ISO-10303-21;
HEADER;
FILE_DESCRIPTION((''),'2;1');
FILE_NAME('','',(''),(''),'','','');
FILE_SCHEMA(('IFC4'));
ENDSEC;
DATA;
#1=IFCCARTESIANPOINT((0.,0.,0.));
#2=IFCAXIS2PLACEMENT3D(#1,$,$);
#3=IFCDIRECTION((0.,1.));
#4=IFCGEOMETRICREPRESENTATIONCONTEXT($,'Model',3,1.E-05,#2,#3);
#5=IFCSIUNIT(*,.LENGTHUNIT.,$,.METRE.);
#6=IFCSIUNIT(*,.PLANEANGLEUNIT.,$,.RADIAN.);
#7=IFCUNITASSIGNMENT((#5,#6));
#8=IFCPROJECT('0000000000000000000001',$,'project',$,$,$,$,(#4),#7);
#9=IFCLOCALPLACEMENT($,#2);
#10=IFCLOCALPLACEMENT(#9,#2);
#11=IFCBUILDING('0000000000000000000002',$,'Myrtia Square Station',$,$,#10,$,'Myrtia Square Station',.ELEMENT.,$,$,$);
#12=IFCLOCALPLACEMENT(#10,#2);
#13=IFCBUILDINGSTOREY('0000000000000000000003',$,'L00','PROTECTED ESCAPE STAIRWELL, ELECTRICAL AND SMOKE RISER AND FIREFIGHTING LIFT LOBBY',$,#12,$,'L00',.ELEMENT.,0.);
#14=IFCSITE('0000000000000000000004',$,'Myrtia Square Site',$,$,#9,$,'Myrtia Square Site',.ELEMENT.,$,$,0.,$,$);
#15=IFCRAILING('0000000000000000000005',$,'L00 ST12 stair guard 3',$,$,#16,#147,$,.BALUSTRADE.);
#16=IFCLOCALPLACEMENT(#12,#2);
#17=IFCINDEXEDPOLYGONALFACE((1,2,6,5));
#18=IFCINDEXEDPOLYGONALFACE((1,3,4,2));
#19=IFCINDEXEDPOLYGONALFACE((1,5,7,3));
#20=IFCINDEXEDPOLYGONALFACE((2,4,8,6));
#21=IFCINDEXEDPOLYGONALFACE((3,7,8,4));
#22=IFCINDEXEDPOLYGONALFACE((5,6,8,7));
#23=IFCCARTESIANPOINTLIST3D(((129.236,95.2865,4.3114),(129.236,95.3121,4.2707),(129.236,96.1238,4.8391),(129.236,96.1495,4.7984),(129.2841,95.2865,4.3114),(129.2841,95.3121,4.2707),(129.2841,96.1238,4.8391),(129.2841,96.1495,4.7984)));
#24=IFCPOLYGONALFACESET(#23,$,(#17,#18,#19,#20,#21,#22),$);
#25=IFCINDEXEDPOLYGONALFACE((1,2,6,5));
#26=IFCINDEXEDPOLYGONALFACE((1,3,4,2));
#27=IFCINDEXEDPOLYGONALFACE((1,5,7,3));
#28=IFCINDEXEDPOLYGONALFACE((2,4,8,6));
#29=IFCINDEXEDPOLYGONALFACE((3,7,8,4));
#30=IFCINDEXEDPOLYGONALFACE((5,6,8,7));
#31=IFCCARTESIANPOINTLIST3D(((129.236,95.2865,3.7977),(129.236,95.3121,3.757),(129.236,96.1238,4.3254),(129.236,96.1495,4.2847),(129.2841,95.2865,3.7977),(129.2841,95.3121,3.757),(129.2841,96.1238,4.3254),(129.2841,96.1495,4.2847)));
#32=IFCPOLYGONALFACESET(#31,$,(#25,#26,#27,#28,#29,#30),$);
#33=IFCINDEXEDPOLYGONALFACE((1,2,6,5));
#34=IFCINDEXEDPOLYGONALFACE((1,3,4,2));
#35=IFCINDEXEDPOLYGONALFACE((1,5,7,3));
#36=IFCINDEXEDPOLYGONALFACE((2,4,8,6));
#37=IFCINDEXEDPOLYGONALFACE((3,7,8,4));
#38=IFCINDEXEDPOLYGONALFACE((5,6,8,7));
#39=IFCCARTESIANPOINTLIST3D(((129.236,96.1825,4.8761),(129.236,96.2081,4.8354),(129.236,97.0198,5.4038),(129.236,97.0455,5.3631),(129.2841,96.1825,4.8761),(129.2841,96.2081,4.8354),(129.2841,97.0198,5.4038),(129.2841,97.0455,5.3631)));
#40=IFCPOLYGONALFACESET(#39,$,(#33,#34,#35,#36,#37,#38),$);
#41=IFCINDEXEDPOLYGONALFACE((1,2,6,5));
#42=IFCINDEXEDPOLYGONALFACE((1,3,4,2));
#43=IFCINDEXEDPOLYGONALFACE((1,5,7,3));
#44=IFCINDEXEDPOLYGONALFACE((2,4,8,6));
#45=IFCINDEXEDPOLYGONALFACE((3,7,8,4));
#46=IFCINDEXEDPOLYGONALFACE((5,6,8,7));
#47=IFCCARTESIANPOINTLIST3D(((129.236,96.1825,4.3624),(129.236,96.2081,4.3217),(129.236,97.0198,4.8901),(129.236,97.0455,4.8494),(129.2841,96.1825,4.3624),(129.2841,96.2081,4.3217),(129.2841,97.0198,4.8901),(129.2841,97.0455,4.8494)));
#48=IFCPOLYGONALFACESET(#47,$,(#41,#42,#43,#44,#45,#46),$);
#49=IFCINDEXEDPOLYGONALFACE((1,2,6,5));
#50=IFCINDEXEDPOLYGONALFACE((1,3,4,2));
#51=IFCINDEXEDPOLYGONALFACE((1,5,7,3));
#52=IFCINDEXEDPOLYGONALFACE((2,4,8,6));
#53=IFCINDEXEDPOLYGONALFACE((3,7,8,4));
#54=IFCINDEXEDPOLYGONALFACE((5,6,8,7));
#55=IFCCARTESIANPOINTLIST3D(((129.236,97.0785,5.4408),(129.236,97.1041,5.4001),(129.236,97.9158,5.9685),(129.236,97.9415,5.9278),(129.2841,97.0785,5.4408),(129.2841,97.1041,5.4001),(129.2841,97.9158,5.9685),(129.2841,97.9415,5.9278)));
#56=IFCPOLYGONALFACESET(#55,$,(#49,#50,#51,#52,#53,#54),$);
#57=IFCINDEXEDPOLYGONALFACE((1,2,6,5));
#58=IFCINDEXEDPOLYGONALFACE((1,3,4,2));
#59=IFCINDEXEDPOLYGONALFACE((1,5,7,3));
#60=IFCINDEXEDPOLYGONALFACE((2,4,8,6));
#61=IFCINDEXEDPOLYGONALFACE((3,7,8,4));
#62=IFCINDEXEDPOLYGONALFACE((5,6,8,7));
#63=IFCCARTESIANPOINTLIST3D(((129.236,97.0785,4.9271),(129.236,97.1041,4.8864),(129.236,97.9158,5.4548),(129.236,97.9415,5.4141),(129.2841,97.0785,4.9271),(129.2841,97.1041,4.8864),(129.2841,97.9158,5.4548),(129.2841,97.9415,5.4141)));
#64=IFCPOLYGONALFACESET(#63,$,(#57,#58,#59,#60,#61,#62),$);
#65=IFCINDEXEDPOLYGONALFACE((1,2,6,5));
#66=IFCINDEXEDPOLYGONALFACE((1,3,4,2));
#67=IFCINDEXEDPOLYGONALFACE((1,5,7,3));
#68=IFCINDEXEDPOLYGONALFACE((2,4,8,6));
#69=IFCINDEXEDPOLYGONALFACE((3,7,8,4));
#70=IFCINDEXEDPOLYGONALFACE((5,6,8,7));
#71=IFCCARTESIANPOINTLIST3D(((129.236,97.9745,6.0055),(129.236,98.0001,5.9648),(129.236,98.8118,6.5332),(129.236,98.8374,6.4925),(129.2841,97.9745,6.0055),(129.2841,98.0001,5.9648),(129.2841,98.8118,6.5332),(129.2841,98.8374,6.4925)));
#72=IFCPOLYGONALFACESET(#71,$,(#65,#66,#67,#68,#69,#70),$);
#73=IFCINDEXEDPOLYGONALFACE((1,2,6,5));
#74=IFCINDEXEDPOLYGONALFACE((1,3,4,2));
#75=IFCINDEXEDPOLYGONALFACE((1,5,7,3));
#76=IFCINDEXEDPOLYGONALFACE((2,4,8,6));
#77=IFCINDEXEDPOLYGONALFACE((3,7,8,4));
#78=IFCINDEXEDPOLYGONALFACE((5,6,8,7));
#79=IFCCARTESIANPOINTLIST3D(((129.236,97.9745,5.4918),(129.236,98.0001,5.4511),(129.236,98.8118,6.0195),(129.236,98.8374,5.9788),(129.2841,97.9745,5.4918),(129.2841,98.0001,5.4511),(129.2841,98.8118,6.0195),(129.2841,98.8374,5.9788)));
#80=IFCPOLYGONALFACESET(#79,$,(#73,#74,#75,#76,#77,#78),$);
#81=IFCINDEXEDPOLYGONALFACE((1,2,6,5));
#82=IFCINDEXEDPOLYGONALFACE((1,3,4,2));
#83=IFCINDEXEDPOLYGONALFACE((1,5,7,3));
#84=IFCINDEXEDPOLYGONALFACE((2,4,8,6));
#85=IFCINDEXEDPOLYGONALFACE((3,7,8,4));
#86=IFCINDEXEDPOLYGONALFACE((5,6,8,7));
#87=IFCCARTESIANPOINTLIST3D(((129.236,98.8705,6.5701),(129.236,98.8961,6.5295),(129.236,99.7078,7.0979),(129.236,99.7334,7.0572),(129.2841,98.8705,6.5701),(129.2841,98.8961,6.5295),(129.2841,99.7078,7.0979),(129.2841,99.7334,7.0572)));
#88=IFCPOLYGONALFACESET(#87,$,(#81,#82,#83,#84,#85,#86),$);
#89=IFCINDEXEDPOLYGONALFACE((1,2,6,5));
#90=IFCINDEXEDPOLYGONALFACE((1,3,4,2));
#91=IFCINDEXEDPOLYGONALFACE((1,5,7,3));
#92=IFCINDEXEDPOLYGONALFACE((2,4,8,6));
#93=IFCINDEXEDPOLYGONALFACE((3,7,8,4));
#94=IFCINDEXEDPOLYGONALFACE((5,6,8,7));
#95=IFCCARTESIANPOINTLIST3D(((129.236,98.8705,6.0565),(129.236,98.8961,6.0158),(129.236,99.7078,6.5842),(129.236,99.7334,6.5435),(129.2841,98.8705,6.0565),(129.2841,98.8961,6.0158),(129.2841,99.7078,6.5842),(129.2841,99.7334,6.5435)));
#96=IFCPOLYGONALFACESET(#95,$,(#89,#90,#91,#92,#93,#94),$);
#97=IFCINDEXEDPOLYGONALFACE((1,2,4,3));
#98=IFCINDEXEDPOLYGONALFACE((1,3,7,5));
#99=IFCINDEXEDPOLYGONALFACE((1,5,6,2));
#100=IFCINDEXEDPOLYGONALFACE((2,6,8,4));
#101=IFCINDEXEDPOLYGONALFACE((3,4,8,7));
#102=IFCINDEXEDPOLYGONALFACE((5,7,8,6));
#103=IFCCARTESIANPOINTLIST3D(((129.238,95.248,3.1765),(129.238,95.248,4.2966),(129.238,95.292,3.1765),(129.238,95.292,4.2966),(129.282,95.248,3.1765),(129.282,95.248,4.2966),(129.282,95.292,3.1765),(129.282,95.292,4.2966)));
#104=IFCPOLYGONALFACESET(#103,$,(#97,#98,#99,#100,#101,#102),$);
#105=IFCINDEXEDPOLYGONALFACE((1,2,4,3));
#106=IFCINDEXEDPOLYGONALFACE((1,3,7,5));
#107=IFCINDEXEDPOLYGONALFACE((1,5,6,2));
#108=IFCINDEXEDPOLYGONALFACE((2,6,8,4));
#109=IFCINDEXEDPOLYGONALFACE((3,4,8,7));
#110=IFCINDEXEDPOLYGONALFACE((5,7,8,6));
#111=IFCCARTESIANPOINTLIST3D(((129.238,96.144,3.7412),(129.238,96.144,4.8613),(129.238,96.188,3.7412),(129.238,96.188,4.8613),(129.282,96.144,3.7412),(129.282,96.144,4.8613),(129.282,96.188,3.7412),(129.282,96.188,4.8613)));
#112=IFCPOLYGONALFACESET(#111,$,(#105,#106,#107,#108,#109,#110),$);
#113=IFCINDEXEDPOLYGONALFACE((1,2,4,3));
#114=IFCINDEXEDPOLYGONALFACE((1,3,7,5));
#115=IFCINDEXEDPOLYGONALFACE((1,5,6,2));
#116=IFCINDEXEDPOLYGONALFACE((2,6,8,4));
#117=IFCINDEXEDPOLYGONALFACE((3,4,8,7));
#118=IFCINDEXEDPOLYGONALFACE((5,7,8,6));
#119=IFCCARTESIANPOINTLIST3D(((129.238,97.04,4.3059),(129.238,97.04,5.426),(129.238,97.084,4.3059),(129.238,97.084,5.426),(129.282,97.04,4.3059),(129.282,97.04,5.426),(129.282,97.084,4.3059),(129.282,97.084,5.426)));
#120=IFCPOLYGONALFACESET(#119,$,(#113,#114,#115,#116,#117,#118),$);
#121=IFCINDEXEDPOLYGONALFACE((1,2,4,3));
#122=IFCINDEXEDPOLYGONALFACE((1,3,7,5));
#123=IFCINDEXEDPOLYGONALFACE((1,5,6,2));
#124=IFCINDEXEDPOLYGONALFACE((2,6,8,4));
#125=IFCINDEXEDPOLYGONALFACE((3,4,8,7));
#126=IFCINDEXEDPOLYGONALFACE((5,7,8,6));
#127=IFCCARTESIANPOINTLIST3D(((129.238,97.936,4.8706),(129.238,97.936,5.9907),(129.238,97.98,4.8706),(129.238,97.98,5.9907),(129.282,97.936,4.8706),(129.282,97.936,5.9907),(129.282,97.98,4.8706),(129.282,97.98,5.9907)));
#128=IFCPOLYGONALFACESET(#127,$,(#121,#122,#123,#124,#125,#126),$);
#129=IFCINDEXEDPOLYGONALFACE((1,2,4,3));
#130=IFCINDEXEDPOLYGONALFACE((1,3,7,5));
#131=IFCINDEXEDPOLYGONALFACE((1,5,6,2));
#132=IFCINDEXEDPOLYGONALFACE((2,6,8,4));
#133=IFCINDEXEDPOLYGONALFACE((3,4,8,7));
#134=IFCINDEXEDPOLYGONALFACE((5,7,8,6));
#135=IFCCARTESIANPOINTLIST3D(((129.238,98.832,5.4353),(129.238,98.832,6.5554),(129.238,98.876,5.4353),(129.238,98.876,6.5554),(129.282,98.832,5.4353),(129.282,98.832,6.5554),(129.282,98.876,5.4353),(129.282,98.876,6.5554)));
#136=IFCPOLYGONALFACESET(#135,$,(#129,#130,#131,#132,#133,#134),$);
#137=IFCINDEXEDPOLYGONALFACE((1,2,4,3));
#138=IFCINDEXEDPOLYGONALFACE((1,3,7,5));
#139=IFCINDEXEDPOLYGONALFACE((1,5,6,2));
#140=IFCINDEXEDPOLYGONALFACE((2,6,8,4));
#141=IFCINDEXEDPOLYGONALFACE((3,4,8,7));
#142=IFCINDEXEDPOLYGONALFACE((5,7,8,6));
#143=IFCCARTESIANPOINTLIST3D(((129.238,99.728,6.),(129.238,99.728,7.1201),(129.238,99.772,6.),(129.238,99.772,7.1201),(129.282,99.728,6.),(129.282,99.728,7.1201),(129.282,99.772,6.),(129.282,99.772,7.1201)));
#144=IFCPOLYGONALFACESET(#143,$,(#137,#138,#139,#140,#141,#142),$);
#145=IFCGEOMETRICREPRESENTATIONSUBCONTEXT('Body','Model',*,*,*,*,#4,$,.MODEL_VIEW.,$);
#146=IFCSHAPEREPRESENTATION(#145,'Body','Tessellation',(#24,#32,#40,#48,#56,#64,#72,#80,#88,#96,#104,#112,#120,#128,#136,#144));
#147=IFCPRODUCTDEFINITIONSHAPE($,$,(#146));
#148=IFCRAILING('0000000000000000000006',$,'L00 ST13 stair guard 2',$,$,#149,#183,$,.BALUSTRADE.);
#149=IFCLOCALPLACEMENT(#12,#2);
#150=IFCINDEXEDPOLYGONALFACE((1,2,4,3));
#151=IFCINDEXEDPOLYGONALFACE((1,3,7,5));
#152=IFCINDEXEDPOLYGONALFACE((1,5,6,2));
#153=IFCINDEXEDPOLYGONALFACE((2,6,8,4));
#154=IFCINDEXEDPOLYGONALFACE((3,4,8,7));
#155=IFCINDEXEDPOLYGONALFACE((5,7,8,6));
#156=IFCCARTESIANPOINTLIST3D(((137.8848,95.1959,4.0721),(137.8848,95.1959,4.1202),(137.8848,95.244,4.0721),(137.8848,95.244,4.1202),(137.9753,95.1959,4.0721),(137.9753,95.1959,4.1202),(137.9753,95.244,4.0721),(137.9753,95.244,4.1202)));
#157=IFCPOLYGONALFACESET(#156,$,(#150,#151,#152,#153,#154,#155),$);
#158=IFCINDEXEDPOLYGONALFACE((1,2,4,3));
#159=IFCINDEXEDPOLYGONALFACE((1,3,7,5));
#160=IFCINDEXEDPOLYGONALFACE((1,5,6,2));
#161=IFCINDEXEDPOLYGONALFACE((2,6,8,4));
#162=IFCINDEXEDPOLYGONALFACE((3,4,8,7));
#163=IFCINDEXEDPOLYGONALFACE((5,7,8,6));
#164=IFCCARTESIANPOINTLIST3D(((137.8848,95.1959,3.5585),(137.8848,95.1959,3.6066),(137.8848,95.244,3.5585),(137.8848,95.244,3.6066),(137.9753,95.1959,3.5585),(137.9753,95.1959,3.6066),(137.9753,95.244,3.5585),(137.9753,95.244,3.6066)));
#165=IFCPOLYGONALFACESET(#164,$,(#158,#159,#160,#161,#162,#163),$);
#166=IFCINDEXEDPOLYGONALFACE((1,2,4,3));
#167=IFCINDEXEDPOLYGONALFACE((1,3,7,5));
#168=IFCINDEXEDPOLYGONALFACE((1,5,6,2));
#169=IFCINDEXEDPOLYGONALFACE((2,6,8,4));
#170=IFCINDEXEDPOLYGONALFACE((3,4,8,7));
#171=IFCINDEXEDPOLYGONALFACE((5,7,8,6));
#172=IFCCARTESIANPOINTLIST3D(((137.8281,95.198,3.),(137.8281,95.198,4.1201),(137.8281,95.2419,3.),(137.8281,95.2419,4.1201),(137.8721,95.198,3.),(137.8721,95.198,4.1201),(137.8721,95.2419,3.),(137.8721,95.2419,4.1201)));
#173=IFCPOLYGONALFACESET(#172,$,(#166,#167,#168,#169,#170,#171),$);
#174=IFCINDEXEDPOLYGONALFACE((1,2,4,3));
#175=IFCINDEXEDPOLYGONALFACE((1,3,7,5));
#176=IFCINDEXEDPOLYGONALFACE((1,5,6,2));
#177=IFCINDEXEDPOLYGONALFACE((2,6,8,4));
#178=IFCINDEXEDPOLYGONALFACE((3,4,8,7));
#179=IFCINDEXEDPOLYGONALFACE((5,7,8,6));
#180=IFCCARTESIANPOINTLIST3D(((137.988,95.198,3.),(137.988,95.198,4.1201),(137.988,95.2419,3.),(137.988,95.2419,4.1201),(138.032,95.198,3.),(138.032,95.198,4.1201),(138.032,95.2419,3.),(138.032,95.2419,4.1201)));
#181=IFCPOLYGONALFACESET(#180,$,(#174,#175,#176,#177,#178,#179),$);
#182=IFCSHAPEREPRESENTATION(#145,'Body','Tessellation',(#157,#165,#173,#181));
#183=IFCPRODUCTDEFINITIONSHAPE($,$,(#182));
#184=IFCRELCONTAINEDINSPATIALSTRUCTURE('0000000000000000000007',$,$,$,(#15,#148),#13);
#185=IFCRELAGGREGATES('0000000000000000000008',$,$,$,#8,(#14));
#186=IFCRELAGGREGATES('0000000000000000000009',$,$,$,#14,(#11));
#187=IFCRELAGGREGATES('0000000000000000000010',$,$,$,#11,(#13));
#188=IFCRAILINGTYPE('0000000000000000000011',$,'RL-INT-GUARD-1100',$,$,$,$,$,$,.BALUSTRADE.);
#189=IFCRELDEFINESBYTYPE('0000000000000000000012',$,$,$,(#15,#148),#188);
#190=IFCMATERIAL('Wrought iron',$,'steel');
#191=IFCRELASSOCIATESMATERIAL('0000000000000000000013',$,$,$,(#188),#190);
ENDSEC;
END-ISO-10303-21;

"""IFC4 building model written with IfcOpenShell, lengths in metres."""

from ifc_helpers import new_model, si_unit, direction, frame, origin, origin_2d, place, context, subcontext, project, spatial, rectangle, extrude, material, type_object, element, save


model = new_model("IFC4")

# Units and contexts
model_context = context("Model", 3, precision=1e-05, world=origin(), true_north=direction((0.0, 1.0)))
body_context = subcontext(model_context, "Body", "Model", "MODEL_VIEW")
ifc_project = project(units=[si_unit("LENGTHUNIT", "METRE"), si_unit("PLANEANGLEUNIT", "RADIAN")], contexts=[model_context])

# Site, building, storey
site_placement = place(None, origin())
site = spatial("IfcSite", under=ifc_project, at=site_placement, Name="Myrtia Square Site", LongName="Myrtia Square Site", CompositionType="ELEMENT", RefElevation=0.0)
building_placement = place(site_placement, origin())
building = spatial("IfcBuilding", under=site, at=building_placement, Name="Myrtia Square Station", LongName="Myrtia Square Station", CompositionType="ELEMENT")
storey_placement = place(building_placement, origin())
storey = spatial("IfcBuildingStorey", under=building, at=storey_placement, Name="L00", Description="PROTECTED ESCAPE STAIRWELL, ELECTRICAL AND SMOKE RISER AND FIREFIGHTING LIFT LOBBY", LongName="L00", CompositionType="ELEMENT", Elevation=0.0)

# Railings
ifc_material_1 = material(Name="Wrought iron", Category="steel")
railing_type_1 = type_object("IfcRailingType", Name="RL-INT-GUARD-1100", PredefinedType="BALUSTRADE", material=ifc_material_1)
railing_1_placement = place(storey_placement, frame((129.26, 95.27, 3.1765)))
element("IfcRailing", 1, at=railing_1_placement, inside=storey, type_object=railing_type_1, Name="L00 ST12 stair guard 3", PredefinedType="BALUSTRADE", context=body_context, shape_type="SweptSolid", body=[
    extrude(rectangle(XDim=0.0481, YDim=0.0481, at=origin_2d()), frame((0.0, 0.0293, 1.1145), z_axis=(0.0, 0.845998, 0.533186), x_axis=(-1.0, 0.0, 0.0)), (0.0, 0.0, 1.0), 0.9897),
    extrude(rectangle(XDim=0.0481, YDim=0.0481, at=origin_2d()), frame((0.0, 0.0293, 0.6008), z_axis=(0.0, 0.845998, 0.533186), x_axis=(-1.0, 0.0, 0.0)), (0.0, 0.0, 1.0), 0.9897),
    extrude(rectangle(XDim=0.0481, YDim=0.0481, at=origin_2d()), frame((0.0, 0.9253, 1.6792), z_axis=(0.0, 0.845998, 0.533186), x_axis=(-1.0, 0.0, 0.0)), (0.0, 0.0, 1.0), 0.9897),
    extrude(rectangle(XDim=0.0481, YDim=0.0481, at=origin_2d()), frame((0.0, 0.9253, 1.1655), z_axis=(0.0, 0.845998, 0.533186), x_axis=(-1.0, 0.0, 0.0)), (0.0, 0.0, 1.0), 0.9897),
    extrude(rectangle(XDim=0.0481, YDim=0.0481, at=origin_2d()), frame((0.0, 1.8213, 2.2439), z_axis=(0.0, 0.845998, 0.533186), x_axis=(-1.0, 0.0, 0.0)), (0.0, 0.0, 1.0), 0.9897),
    extrude(rectangle(XDim=0.0481, YDim=0.0481, at=origin_2d()), frame((0.0, 1.8213, 1.7302), z_axis=(0.0, 0.845998, 0.533186), x_axis=(-1.0, 0.0, 0.0)), (0.0, 0.0, 1.0), 0.9897),
    extrude(rectangle(XDim=0.0481, YDim=0.0481, at=origin_2d()), frame((0.0, 2.7173, 2.8086), z_axis=(0.0, 0.845998, 0.533186), x_axis=(-1.0, 0.0, 0.0)), (0.0, 0.0, 1.0), 0.9897),
    extrude(rectangle(XDim=0.0481, YDim=0.0481, at=origin_2d()), frame((0.0, 2.7173, 2.2949), z_axis=(0.0, 0.845998, 0.533186), x_axis=(-1.0, 0.0, 0.0)), (0.0, 0.0, 1.0), 0.9897),
    extrude(rectangle(XDim=0.0481, YDim=0.0481, at=origin_2d()), frame((0.0, 3.6133, 3.3733), z_axis=(0.0, 0.845998, 0.533186), x_axis=(-1.0, 0.0, 0.0)), (0.0, 0.0, 1.0), 0.9897),
    extrude(rectangle(XDim=0.0481, YDim=0.0481, at=origin_2d()), frame((0.0, 3.6133, 2.8596), z_axis=(0.0, 0.845998, 0.533186), x_axis=(-1.0, 0.0, 0.0)), (0.0, 0.0, 1.0), 0.9897),
    extrude(rectangle(XDim=0.0439, YDim=0.0439, at=origin_2d()), origin(), (0.0, 0.0, 1.0), 1.1201),
    extrude(rectangle(XDim=0.0439, YDim=0.0439, at=origin_2d()), frame((0.0, 0.896, 0.5647)), (0.0, 0.0, 1.0), 1.1201),
    extrude(rectangle(XDim=0.0439, YDim=0.0439, at=origin_2d()), frame((0.0, 1.792, 1.1294)), (0.0, 0.0, 1.0), 1.1201),
    extrude(rectangle(XDim=0.0439, YDim=0.0439, at=origin_2d()), frame((0.0, 2.688, 1.6941)), (0.0, 0.0, 1.0), 1.1201),
    extrude(rectangle(XDim=0.0439, YDim=0.0439, at=origin_2d()), frame((0.0, 3.584, 2.2588)), (0.0, 0.0, 1.0), 1.1201),
    extrude(rectangle(XDim=0.0439, YDim=0.0439, at=origin_2d()), frame((0.0, 4.48, 2.8235)), (0.0, 0.0, 1.0), 1.1201),
])
railing_2_placement = place(storey_placement, frame((137.8501, 95.22, 3.0)))
element("IfcRailing", 2, at=railing_2_placement, inside=storey, type_object=railing_type_1, Name="L00 ST13 stair guard 2", PredefinedType="BALUSTRADE", context=body_context, shape_type="SweptSolid", body=[
    extrude(rectangle(XDim=0.0481, YDim=0.0481, at=origin_2d()), frame((0.0347, 0.0, 1.0962), z_axis=(1.0, 0.0, 0.0), x_axis=(0.0, 1.0, 0.0)), (0.0, 0.0, 1.0), 0.0906),
    extrude(rectangle(XDim=0.0481, YDim=0.0481, at=origin_2d()), frame((0.0347, 0.0, 0.5825), z_axis=(1.0, 0.0, 0.0), x_axis=(0.0, 1.0, 0.0)), (0.0, 0.0, 1.0), 0.0906),
    extrude(rectangle(XDim=0.0439, YDim=0.0439, at=origin_2d()), origin(), (0.0, 0.0, 1.0), 1.1201),
    extrude(rectangle(XDim=0.0439, YDim=0.0439, at=origin_2d()), frame((0.1599, 0.0, 0.0)), (0.0, 0.0, 1.0), 1.1201),
])

save(model, "model.ifc")
